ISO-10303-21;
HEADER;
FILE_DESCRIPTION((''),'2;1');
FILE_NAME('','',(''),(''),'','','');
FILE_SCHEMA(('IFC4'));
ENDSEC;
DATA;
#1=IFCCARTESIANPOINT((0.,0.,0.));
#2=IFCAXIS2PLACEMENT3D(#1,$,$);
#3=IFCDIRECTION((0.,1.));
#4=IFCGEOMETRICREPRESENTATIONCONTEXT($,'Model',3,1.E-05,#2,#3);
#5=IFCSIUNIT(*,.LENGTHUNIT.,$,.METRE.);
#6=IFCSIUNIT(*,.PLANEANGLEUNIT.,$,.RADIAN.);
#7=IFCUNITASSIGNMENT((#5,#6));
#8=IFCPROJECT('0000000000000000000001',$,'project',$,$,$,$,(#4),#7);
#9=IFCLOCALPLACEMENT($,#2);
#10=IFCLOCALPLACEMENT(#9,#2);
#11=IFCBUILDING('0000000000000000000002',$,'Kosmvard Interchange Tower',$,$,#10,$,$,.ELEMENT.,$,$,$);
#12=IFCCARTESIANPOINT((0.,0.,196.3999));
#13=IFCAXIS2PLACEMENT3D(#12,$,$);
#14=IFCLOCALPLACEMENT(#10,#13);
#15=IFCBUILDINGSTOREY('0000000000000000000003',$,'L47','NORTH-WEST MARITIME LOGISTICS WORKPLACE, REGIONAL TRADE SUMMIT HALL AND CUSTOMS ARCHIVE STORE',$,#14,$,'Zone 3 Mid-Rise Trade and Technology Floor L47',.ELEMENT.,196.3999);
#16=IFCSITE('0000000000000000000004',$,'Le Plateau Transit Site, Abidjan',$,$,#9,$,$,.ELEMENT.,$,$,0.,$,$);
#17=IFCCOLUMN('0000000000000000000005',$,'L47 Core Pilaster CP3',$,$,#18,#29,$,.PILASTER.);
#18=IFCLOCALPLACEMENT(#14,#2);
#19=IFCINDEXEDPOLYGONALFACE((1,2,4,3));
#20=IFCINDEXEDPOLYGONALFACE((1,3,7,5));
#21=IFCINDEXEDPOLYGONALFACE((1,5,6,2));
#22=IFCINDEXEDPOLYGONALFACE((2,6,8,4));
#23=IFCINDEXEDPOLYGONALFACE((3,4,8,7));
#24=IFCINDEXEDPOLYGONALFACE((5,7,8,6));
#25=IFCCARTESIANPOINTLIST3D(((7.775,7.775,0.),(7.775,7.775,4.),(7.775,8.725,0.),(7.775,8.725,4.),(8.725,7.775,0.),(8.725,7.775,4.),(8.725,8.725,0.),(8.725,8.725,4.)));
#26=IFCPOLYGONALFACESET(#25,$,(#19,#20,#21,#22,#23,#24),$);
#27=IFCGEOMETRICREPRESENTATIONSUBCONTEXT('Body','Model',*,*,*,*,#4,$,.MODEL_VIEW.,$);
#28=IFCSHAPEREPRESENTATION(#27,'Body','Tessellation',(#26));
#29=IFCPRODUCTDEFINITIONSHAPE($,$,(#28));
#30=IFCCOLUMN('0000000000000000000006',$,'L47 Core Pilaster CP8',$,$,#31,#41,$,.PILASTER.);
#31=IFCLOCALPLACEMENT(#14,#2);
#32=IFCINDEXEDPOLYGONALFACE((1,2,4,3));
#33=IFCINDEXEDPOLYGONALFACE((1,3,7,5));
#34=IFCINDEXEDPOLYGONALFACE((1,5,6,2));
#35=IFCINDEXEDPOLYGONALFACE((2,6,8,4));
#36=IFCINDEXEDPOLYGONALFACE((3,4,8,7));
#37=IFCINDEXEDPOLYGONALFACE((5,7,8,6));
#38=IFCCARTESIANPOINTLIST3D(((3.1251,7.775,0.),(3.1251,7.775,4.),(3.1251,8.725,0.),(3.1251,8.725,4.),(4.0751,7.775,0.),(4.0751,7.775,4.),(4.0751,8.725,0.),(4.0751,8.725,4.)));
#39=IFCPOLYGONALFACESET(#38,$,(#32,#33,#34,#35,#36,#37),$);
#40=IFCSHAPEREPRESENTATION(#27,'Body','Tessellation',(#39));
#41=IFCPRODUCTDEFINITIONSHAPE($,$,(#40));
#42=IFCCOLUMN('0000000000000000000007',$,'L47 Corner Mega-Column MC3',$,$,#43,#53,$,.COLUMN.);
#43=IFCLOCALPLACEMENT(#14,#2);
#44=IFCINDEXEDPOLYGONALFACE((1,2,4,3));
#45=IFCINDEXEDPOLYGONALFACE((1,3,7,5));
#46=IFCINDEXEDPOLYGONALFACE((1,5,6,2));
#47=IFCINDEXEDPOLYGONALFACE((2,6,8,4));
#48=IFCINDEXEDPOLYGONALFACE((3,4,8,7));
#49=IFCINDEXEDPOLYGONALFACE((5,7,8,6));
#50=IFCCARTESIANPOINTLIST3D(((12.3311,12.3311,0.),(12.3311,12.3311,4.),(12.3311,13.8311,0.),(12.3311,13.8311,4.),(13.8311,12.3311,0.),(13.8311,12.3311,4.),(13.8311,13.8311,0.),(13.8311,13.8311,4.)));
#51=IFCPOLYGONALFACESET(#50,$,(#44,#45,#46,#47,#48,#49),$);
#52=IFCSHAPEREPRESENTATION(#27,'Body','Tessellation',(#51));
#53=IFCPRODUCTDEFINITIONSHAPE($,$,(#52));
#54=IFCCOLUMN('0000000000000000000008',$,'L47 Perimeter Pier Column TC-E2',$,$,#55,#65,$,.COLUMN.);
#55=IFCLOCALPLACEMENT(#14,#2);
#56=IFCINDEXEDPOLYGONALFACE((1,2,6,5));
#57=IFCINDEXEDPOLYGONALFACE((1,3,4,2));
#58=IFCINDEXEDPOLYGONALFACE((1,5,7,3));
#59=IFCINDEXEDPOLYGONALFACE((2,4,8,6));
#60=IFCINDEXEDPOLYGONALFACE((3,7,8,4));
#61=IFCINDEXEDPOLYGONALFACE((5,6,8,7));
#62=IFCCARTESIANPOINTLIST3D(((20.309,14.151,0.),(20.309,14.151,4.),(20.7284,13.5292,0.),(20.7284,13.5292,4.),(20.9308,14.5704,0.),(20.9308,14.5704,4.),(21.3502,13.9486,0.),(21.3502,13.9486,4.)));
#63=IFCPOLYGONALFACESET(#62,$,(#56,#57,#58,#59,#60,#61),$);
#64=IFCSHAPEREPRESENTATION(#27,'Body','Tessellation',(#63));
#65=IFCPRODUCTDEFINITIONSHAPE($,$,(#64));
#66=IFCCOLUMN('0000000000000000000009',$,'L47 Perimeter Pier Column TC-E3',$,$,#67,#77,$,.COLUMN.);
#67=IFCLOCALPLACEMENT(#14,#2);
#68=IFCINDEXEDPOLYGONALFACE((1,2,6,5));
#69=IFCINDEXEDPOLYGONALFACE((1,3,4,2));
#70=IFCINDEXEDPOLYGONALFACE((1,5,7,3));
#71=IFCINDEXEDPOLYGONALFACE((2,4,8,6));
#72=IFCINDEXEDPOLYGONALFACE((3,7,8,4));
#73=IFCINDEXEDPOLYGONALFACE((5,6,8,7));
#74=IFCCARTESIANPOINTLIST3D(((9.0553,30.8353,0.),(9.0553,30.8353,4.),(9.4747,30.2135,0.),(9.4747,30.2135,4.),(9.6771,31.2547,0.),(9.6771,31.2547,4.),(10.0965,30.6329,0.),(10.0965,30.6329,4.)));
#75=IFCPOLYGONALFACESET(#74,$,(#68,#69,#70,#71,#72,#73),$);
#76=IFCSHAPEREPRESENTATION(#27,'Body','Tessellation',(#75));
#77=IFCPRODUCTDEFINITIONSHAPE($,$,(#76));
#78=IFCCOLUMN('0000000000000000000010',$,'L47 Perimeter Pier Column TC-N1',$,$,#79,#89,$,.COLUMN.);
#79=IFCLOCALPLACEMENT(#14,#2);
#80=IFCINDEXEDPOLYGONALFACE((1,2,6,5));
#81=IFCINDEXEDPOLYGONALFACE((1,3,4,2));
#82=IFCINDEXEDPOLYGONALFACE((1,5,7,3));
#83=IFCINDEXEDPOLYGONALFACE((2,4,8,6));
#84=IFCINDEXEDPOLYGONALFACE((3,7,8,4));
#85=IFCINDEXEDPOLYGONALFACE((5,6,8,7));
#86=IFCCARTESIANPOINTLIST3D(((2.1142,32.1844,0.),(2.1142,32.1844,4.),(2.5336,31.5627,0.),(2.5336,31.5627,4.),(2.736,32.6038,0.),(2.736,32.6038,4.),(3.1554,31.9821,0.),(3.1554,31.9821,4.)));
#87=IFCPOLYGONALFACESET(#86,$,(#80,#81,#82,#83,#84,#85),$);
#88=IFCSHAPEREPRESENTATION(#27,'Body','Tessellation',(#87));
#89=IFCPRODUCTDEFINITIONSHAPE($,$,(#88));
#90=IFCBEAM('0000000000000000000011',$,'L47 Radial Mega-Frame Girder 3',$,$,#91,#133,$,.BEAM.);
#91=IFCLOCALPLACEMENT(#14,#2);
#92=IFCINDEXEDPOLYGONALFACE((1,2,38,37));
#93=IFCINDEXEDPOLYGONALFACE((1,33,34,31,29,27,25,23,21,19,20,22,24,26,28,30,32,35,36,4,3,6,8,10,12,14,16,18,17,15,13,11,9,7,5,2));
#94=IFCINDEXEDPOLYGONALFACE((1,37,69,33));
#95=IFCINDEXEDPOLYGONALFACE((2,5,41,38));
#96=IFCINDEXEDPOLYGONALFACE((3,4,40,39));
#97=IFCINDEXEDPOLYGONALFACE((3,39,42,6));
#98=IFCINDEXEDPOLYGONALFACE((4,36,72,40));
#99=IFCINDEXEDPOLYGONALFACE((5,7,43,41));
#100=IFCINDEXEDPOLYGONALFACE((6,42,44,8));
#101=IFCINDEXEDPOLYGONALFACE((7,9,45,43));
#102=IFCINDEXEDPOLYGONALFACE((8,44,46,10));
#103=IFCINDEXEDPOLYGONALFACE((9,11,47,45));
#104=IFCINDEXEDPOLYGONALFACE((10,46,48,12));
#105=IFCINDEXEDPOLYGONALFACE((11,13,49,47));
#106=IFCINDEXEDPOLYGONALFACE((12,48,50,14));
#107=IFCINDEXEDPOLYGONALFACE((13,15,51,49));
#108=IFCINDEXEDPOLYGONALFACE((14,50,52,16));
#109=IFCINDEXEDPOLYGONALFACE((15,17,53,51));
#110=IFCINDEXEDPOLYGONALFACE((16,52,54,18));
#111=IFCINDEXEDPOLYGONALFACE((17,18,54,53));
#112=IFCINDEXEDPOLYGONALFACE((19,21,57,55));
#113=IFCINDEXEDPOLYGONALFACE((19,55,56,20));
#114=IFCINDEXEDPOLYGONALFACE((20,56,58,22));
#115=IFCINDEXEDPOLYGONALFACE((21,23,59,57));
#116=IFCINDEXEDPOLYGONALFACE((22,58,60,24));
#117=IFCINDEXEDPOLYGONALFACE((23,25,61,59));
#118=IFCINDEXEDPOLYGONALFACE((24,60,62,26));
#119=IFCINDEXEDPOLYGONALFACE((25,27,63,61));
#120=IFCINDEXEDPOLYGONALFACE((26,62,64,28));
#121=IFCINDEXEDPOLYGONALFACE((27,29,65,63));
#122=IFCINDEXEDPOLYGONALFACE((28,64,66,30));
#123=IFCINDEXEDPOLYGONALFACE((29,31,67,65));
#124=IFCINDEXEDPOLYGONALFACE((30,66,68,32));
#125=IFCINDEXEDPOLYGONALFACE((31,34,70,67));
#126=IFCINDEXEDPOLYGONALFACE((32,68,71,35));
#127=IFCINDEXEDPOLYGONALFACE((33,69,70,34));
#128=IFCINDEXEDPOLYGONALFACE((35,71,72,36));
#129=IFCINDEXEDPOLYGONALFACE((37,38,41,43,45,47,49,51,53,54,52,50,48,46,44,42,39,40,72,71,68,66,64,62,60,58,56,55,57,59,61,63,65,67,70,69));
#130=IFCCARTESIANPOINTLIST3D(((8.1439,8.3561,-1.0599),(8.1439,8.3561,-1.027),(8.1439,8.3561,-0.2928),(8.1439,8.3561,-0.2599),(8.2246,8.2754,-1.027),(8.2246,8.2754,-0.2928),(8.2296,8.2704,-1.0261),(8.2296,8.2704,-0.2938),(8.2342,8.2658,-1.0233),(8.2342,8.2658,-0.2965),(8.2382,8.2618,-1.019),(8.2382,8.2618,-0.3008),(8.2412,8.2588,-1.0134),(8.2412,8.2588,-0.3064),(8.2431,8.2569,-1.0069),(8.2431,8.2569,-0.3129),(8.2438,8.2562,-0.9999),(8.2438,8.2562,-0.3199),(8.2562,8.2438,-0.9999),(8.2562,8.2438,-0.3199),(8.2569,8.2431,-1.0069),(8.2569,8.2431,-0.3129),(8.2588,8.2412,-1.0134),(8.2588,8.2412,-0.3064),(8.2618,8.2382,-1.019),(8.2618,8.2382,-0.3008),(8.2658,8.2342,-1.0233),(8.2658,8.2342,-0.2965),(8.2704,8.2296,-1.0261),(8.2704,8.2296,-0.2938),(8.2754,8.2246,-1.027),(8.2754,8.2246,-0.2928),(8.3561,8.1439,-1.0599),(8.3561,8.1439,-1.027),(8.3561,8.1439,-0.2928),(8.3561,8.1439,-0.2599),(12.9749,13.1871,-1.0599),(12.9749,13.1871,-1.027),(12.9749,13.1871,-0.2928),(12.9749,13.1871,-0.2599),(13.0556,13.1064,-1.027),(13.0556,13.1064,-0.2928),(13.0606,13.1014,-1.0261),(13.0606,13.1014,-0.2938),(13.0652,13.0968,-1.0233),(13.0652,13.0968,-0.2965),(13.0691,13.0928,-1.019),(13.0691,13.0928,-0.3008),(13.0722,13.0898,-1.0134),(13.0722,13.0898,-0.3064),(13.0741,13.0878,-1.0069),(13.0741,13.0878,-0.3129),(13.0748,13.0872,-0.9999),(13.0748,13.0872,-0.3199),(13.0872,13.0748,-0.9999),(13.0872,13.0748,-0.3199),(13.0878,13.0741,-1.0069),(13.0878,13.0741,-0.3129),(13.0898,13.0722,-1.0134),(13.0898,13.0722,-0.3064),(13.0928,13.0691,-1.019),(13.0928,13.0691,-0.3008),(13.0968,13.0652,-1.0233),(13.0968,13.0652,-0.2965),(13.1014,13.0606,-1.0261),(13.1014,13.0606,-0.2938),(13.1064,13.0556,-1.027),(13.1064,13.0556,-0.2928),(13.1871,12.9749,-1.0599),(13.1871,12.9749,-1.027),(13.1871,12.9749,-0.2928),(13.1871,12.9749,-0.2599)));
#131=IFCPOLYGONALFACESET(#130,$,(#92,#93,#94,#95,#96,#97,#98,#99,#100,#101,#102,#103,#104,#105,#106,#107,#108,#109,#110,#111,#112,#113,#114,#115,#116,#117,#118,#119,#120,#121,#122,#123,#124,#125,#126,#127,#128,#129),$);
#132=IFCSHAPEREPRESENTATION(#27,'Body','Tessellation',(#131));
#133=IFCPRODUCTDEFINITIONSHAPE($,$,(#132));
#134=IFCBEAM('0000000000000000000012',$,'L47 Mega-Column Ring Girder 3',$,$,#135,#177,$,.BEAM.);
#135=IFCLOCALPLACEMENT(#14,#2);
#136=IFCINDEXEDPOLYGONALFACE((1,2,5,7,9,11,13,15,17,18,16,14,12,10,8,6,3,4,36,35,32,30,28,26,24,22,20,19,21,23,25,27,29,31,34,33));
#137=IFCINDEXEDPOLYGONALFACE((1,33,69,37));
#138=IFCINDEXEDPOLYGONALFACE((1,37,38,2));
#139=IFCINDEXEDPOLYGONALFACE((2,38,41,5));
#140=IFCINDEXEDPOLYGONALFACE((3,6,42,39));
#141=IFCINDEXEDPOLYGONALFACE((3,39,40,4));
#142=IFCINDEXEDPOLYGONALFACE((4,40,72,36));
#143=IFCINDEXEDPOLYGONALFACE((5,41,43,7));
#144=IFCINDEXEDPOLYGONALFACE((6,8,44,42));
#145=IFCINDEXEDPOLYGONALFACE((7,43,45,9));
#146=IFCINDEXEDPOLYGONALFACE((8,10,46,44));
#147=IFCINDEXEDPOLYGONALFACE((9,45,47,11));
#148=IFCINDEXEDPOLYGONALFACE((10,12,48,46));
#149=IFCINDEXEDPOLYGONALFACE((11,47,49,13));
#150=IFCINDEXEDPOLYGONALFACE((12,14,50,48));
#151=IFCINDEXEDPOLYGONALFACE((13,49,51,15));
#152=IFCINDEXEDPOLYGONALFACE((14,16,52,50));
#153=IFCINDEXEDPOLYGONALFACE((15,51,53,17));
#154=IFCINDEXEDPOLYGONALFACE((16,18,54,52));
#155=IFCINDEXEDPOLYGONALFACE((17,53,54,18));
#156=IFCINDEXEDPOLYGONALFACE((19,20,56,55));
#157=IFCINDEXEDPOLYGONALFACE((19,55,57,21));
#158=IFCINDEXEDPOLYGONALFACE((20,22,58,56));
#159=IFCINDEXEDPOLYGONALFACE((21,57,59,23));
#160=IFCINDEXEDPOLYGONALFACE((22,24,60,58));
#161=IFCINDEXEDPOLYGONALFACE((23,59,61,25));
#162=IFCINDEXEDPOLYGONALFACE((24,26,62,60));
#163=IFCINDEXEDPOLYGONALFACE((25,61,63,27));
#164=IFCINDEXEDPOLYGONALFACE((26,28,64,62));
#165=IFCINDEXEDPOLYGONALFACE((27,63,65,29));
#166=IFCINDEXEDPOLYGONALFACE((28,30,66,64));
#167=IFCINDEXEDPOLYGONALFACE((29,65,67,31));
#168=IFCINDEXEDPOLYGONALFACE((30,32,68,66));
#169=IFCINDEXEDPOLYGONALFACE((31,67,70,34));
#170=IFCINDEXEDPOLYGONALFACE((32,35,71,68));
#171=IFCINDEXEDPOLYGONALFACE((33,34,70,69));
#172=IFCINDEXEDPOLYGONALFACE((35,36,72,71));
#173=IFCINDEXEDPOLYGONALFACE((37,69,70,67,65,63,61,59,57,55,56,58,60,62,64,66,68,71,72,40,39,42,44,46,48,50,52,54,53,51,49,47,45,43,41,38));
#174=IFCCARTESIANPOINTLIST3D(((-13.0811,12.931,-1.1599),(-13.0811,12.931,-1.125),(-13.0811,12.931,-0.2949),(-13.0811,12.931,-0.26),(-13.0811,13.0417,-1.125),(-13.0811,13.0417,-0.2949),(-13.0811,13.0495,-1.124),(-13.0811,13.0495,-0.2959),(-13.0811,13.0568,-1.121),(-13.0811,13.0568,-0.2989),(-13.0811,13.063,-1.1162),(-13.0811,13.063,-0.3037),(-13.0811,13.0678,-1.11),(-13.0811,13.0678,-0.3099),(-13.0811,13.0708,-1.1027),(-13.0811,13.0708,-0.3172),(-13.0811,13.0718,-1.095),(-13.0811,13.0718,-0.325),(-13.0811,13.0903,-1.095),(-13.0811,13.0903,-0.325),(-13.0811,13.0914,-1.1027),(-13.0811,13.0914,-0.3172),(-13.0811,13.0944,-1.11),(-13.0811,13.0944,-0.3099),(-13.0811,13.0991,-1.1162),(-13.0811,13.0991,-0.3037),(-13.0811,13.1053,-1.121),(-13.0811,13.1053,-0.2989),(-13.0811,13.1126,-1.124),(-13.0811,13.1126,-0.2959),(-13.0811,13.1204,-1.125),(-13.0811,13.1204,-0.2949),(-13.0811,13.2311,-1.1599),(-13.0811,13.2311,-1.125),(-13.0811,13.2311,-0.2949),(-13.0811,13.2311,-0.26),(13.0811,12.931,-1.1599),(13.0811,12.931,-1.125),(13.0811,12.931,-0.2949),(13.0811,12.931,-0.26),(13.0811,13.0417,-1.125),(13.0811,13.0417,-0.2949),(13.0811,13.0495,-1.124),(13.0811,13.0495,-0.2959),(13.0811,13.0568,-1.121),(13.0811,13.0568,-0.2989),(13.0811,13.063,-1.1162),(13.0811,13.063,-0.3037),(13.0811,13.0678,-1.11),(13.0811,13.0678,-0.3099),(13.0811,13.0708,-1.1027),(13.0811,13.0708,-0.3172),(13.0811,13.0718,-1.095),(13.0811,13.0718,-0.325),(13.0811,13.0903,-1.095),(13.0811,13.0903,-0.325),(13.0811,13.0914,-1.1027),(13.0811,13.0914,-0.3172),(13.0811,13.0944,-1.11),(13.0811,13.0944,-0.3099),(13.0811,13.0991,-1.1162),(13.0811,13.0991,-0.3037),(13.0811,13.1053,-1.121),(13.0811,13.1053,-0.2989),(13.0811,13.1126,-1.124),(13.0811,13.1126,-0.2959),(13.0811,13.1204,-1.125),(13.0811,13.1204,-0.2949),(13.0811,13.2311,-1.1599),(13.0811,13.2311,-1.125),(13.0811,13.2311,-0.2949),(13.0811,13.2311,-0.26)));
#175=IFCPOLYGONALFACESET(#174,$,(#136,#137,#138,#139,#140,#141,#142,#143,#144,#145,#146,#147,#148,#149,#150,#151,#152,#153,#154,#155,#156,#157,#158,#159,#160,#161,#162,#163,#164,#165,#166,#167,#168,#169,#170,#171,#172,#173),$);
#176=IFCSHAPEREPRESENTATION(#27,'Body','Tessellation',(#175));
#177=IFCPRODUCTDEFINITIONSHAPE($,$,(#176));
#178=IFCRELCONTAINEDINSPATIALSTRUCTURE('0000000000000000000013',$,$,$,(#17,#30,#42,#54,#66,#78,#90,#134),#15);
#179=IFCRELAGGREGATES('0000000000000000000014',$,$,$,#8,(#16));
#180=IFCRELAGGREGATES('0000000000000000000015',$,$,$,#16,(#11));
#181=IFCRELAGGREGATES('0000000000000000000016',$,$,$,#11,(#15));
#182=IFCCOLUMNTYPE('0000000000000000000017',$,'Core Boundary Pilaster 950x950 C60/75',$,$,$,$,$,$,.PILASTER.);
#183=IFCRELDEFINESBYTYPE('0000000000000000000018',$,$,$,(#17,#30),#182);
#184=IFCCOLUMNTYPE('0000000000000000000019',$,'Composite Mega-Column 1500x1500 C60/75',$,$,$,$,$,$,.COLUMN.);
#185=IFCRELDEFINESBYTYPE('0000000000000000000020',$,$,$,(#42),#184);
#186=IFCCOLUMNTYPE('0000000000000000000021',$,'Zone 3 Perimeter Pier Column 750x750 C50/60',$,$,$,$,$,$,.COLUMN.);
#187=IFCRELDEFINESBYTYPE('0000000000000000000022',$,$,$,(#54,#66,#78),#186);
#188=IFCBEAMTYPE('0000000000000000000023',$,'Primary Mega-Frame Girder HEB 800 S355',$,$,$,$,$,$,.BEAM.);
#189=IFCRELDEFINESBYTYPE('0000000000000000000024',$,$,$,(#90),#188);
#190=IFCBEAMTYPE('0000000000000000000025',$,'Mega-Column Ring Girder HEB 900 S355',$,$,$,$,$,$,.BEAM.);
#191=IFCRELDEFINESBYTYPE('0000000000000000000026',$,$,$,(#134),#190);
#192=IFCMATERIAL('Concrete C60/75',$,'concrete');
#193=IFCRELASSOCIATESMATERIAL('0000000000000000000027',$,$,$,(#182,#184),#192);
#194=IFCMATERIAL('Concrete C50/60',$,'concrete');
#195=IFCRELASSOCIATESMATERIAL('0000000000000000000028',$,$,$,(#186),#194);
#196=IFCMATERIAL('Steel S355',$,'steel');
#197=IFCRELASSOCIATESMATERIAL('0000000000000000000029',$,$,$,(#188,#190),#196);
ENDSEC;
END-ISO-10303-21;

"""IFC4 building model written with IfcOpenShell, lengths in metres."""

from ifc_helpers import new_model, si_unit, direction, frame, origin, origin_2d, place, context, subcontext, project, spatial, rectangle, i_section, extrude, source, transform, mapped, material, material_profile, profile_set, type_object, element, save


model = new_model("IFC4")

# Units and contexts
model_context = context("Model", 3, precision=1e-05, world=origin(), true_north=direction((0.0, 1.0)))
body_context = subcontext(model_context, "Body", "Model", "MODEL_VIEW")
ifc_project = project(units=[si_unit("LENGTHUNIT", "METRE"), si_unit("PLANEANGLEUNIT", "RADIAN")], contexts=[model_context])

# Site, building, storey
site_placement = place(None, origin())
site = spatial("IfcSite", under=ifc_project, at=site_placement, Name="Le Plateau Transit Site, Abidjan", CompositionType="ELEMENT", RefElevation=0.0)
building_placement = place(site_placement, origin())
building = spatial("IfcBuilding", under=site, at=building_placement, Name="Kosmvard Interchange Tower", CompositionType="ELEMENT")
storey_placement = place(building_placement, frame((0.0, 0.0, 196.3999)))
storey = spatial("IfcBuildingStorey", under=building, at=storey_placement, Name="L47", Description="NORTH-WEST MARITIME LOGISTICS WORKPLACE, REGIONAL TRADE SUMMIT HALL AND CUSTOMS ARCHIVE STORE", LongName="Zone 3 Mid-Rise Trade and Technology Floor L47", CompositionType="ELEMENT", Elevation=196.3999)

# Columns
ifc_material_1 = material(Name="Concrete C60/75", Category="concrete")
ifc_material_profile_1 = material_profile(ifc_material_1, rectangle(XDim=0.95, YDim=0.95, at=origin_2d()), Name="CP 950x950")
ifc_profile_set_1 = profile_set([ifc_material_profile_1], Name="Concrete C60/75")
column_type_1 = type_object("IfcColumnType", Name="Core Boundary Pilaster 950x950 C60/75", PredefinedType="PILASTER", material=ifc_profile_set_1)
shared_shape_1 = source(origin(), body_context, "Body", "SweptSolid", [
    extrude(rectangle(XDim=0.95, YDim=0.95, at=origin_2d()), origin(), (0.0, 0.0, 1.0), 4.0),
])
for number, where, z_axis, x_axis, name in (
    (1, (8.25, 8.25, 0.0), (0.0, 0.0, 1.0), (1.0, 0.0, 0.0), "L47 Core Pilaster CP3"),
    (2, (3.6001, 8.25, 0.0), (0.0, 0.0, 1.0), (1.0, 0.0, 0.0), "L47 Core Pilaster CP8"),
):
    element("IfcColumn", number, at=place(storey_placement, frame(where, z_axis=z_axis, x_axis=x_axis)), inside=storey, type_object=column_type_1, Name=name, PredefinedType="PILASTER", context=body_context, shape_type="MappedRepresentation", body=[
        mapped(shared_shape_1, transform((0.0, 0.0, 0.0), scale=1.0)),
    ])
ifc_material_profile_2 = material_profile(ifc_material_1, rectangle(XDim=1.5, YDim=1.5, at=origin_2d()), Name="MC 1500x1500")
ifc_profile_set_2 = profile_set([ifc_material_profile_2], Name="Concrete C60/75")
column_type_2 = type_object("IfcColumnType", Name="Composite Mega-Column 1500x1500 C60/75", PredefinedType="COLUMN", material=ifc_profile_set_2)
shared_shape_2 = source(origin(), body_context, "Body", "SweptSolid", [
    extrude(rectangle(XDim=1.5, YDim=1.5, at=origin_2d()), origin(), (0.0, 0.0, 1.0), 4.0),
])
column_placement = place(storey_placement, frame((13.0811, 13.0811, 0.0), z_axis=(0.0, 0.0, 1.0), x_axis=(1.0, 0.0, 0.0)))
element("IfcColumn", 3, at=column_placement, inside=storey, type_object=column_type_2, Name="L47 Corner Mega-Column MC3", PredefinedType="COLUMN", context=body_context, shape_type="MappedRepresentation", body=[
    mapped(shared_shape_2, transform((0.0, 0.0, 0.0), scale=1.0)),
])
ifc_material_2 = material(Name="Concrete C50/60", Category="concrete")
ifc_material_profile_3 = material_profile(ifc_material_2, rectangle(XDim=0.75, YDim=0.75, at=origin_2d()), Name="TC 750x750")
ifc_profile_set_3 = profile_set([ifc_material_profile_3], Name="Concrete C50/60")
column_type_3 = type_object("IfcColumnType", Name="Zone 3 Perimeter Pier Column 750x750 C50/60", PredefinedType="COLUMN", material=ifc_profile_set_3)
shared_shape_3 = source(origin(), body_context, "Body", "SweptSolid", [
    extrude(rectangle(XDim=0.75, YDim=0.75, at=origin_2d()), origin(), (0.0, 0.0, 1.0), 4.0),
])
for number, where, z_axis, x_axis, name in (
    (4, (20.8296, 14.0498, 0.0), (0.0, 0.0, 1.0), (0.829038, 0.559193, 0.0), "L47 Perimeter Pier Column TC-E2"),
    (5, (9.5759, 30.7341, 0.0), (0.0, 0.0, 1.0), (0.829038, 0.559193, 0.0), "L47 Perimeter Pier Column TC-E3"),
    (6, (2.6348, 32.0833, 0.0), (0.0, 0.0, 1.0), (0.829038, 0.559193, 0.0), "L47 Perimeter Pier Column TC-N1"),
):
    element("IfcColumn", number, at=place(storey_placement, frame(where, z_axis=z_axis, x_axis=x_axis)), inside=storey, type_object=column_type_3, Name=name, PredefinedType="COLUMN", context=body_context, shape_type="MappedRepresentation", body=[
        mapped(shared_shape_3, transform((0.0, 0.0, 0.0), scale=1.0)),
    ])

# Beams
ifc_material_3 = material(Name="Steel S355", Category="steel")
ifc_material_profile_4 = material_profile(ifc_material_3, i_section(OverallWidth=0.3, OverallDepth=0.8, WebThickness=0.0176, FlangeThickness=0.033, FilletRadius=0.0271, at=origin_2d()), Name="HEB 800")
ifc_profile_set_4 = profile_set([ifc_material_profile_4], Name="Steel S355")
beam_type_1 = type_object("IfcBeamType", Name="Primary Mega-Frame Girder HEB 800 S355", PredefinedType="BEAM", material=ifc_profile_set_4)
shared_shape_4 = source(origin(), body_context, "Body", "SweptSolid", [
    extrude(i_section(OverallWidth=0.3, OverallDepth=0.8, WebThickness=0.0176, FlangeThickness=0.033, FilletRadius=0.0271, at=origin_2d()), origin(), (0.0, 0.0, 1.0), 6.832),
])
beam_1_placement = place(storey_placement, frame((8.25, 8.25, -0.6599), z_axis=(0.707107, 0.707107, 0.0), x_axis=(-0.707107, 0.707107, 0.0)))
element("IfcBeam", 7, at=beam_1_placement, inside=storey, type_object=beam_type_1, Name="L47 Radial Mega-Frame Girder 3", PredefinedType="BEAM", context=body_context, shape_type="MappedRepresentation", body=[
    mapped(shared_shape_4, transform((0.0, 0.0, 0.0), scale=1.0)),
])
ifc_material_profile_5 = material_profile(ifc_material_3, i_section(OverallWidth=0.3, OverallDepth=0.8999, WebThickness=0.0186, FlangeThickness=0.0349, FilletRadius=0.03, at=origin_2d()), Name="HEB 900")
ifc_profile_set_5 = profile_set([ifc_material_profile_5], Name="Steel S355")
beam_type_2 = type_object("IfcBeamType", Name="Mega-Column Ring Girder HEB 900 S355", PredefinedType="BEAM", material=ifc_profile_set_5)
shared_shape_5 = source(origin(), body_context, "Body", "SweptSolid", [
    extrude(i_section(OverallWidth=0.3, OverallDepth=0.8999, WebThickness=0.0186, FlangeThickness=0.0349, FilletRadius=0.03, at=origin_2d()), origin(), (0.0, 0.0, 1.0), 26.1621),
])
beam_2_placement = place(storey_placement, frame((13.0811, 13.0811, -0.71), z_axis=(-1.0, 0.0, 0.0), x_axis=(0.0, -1.0, 0.0)))
element("IfcBeam", 8, at=beam_2_placement, inside=storey, type_object=beam_type_2, Name="L47 Mega-Column Ring Girder 3", PredefinedType="BEAM", context=body_context, shape_type="MappedRepresentation", body=[
    mapped(shared_shape_5, transform((0.0, 0.0, 0.0), scale=1.0)),
])

save(model, "model.ifc")
